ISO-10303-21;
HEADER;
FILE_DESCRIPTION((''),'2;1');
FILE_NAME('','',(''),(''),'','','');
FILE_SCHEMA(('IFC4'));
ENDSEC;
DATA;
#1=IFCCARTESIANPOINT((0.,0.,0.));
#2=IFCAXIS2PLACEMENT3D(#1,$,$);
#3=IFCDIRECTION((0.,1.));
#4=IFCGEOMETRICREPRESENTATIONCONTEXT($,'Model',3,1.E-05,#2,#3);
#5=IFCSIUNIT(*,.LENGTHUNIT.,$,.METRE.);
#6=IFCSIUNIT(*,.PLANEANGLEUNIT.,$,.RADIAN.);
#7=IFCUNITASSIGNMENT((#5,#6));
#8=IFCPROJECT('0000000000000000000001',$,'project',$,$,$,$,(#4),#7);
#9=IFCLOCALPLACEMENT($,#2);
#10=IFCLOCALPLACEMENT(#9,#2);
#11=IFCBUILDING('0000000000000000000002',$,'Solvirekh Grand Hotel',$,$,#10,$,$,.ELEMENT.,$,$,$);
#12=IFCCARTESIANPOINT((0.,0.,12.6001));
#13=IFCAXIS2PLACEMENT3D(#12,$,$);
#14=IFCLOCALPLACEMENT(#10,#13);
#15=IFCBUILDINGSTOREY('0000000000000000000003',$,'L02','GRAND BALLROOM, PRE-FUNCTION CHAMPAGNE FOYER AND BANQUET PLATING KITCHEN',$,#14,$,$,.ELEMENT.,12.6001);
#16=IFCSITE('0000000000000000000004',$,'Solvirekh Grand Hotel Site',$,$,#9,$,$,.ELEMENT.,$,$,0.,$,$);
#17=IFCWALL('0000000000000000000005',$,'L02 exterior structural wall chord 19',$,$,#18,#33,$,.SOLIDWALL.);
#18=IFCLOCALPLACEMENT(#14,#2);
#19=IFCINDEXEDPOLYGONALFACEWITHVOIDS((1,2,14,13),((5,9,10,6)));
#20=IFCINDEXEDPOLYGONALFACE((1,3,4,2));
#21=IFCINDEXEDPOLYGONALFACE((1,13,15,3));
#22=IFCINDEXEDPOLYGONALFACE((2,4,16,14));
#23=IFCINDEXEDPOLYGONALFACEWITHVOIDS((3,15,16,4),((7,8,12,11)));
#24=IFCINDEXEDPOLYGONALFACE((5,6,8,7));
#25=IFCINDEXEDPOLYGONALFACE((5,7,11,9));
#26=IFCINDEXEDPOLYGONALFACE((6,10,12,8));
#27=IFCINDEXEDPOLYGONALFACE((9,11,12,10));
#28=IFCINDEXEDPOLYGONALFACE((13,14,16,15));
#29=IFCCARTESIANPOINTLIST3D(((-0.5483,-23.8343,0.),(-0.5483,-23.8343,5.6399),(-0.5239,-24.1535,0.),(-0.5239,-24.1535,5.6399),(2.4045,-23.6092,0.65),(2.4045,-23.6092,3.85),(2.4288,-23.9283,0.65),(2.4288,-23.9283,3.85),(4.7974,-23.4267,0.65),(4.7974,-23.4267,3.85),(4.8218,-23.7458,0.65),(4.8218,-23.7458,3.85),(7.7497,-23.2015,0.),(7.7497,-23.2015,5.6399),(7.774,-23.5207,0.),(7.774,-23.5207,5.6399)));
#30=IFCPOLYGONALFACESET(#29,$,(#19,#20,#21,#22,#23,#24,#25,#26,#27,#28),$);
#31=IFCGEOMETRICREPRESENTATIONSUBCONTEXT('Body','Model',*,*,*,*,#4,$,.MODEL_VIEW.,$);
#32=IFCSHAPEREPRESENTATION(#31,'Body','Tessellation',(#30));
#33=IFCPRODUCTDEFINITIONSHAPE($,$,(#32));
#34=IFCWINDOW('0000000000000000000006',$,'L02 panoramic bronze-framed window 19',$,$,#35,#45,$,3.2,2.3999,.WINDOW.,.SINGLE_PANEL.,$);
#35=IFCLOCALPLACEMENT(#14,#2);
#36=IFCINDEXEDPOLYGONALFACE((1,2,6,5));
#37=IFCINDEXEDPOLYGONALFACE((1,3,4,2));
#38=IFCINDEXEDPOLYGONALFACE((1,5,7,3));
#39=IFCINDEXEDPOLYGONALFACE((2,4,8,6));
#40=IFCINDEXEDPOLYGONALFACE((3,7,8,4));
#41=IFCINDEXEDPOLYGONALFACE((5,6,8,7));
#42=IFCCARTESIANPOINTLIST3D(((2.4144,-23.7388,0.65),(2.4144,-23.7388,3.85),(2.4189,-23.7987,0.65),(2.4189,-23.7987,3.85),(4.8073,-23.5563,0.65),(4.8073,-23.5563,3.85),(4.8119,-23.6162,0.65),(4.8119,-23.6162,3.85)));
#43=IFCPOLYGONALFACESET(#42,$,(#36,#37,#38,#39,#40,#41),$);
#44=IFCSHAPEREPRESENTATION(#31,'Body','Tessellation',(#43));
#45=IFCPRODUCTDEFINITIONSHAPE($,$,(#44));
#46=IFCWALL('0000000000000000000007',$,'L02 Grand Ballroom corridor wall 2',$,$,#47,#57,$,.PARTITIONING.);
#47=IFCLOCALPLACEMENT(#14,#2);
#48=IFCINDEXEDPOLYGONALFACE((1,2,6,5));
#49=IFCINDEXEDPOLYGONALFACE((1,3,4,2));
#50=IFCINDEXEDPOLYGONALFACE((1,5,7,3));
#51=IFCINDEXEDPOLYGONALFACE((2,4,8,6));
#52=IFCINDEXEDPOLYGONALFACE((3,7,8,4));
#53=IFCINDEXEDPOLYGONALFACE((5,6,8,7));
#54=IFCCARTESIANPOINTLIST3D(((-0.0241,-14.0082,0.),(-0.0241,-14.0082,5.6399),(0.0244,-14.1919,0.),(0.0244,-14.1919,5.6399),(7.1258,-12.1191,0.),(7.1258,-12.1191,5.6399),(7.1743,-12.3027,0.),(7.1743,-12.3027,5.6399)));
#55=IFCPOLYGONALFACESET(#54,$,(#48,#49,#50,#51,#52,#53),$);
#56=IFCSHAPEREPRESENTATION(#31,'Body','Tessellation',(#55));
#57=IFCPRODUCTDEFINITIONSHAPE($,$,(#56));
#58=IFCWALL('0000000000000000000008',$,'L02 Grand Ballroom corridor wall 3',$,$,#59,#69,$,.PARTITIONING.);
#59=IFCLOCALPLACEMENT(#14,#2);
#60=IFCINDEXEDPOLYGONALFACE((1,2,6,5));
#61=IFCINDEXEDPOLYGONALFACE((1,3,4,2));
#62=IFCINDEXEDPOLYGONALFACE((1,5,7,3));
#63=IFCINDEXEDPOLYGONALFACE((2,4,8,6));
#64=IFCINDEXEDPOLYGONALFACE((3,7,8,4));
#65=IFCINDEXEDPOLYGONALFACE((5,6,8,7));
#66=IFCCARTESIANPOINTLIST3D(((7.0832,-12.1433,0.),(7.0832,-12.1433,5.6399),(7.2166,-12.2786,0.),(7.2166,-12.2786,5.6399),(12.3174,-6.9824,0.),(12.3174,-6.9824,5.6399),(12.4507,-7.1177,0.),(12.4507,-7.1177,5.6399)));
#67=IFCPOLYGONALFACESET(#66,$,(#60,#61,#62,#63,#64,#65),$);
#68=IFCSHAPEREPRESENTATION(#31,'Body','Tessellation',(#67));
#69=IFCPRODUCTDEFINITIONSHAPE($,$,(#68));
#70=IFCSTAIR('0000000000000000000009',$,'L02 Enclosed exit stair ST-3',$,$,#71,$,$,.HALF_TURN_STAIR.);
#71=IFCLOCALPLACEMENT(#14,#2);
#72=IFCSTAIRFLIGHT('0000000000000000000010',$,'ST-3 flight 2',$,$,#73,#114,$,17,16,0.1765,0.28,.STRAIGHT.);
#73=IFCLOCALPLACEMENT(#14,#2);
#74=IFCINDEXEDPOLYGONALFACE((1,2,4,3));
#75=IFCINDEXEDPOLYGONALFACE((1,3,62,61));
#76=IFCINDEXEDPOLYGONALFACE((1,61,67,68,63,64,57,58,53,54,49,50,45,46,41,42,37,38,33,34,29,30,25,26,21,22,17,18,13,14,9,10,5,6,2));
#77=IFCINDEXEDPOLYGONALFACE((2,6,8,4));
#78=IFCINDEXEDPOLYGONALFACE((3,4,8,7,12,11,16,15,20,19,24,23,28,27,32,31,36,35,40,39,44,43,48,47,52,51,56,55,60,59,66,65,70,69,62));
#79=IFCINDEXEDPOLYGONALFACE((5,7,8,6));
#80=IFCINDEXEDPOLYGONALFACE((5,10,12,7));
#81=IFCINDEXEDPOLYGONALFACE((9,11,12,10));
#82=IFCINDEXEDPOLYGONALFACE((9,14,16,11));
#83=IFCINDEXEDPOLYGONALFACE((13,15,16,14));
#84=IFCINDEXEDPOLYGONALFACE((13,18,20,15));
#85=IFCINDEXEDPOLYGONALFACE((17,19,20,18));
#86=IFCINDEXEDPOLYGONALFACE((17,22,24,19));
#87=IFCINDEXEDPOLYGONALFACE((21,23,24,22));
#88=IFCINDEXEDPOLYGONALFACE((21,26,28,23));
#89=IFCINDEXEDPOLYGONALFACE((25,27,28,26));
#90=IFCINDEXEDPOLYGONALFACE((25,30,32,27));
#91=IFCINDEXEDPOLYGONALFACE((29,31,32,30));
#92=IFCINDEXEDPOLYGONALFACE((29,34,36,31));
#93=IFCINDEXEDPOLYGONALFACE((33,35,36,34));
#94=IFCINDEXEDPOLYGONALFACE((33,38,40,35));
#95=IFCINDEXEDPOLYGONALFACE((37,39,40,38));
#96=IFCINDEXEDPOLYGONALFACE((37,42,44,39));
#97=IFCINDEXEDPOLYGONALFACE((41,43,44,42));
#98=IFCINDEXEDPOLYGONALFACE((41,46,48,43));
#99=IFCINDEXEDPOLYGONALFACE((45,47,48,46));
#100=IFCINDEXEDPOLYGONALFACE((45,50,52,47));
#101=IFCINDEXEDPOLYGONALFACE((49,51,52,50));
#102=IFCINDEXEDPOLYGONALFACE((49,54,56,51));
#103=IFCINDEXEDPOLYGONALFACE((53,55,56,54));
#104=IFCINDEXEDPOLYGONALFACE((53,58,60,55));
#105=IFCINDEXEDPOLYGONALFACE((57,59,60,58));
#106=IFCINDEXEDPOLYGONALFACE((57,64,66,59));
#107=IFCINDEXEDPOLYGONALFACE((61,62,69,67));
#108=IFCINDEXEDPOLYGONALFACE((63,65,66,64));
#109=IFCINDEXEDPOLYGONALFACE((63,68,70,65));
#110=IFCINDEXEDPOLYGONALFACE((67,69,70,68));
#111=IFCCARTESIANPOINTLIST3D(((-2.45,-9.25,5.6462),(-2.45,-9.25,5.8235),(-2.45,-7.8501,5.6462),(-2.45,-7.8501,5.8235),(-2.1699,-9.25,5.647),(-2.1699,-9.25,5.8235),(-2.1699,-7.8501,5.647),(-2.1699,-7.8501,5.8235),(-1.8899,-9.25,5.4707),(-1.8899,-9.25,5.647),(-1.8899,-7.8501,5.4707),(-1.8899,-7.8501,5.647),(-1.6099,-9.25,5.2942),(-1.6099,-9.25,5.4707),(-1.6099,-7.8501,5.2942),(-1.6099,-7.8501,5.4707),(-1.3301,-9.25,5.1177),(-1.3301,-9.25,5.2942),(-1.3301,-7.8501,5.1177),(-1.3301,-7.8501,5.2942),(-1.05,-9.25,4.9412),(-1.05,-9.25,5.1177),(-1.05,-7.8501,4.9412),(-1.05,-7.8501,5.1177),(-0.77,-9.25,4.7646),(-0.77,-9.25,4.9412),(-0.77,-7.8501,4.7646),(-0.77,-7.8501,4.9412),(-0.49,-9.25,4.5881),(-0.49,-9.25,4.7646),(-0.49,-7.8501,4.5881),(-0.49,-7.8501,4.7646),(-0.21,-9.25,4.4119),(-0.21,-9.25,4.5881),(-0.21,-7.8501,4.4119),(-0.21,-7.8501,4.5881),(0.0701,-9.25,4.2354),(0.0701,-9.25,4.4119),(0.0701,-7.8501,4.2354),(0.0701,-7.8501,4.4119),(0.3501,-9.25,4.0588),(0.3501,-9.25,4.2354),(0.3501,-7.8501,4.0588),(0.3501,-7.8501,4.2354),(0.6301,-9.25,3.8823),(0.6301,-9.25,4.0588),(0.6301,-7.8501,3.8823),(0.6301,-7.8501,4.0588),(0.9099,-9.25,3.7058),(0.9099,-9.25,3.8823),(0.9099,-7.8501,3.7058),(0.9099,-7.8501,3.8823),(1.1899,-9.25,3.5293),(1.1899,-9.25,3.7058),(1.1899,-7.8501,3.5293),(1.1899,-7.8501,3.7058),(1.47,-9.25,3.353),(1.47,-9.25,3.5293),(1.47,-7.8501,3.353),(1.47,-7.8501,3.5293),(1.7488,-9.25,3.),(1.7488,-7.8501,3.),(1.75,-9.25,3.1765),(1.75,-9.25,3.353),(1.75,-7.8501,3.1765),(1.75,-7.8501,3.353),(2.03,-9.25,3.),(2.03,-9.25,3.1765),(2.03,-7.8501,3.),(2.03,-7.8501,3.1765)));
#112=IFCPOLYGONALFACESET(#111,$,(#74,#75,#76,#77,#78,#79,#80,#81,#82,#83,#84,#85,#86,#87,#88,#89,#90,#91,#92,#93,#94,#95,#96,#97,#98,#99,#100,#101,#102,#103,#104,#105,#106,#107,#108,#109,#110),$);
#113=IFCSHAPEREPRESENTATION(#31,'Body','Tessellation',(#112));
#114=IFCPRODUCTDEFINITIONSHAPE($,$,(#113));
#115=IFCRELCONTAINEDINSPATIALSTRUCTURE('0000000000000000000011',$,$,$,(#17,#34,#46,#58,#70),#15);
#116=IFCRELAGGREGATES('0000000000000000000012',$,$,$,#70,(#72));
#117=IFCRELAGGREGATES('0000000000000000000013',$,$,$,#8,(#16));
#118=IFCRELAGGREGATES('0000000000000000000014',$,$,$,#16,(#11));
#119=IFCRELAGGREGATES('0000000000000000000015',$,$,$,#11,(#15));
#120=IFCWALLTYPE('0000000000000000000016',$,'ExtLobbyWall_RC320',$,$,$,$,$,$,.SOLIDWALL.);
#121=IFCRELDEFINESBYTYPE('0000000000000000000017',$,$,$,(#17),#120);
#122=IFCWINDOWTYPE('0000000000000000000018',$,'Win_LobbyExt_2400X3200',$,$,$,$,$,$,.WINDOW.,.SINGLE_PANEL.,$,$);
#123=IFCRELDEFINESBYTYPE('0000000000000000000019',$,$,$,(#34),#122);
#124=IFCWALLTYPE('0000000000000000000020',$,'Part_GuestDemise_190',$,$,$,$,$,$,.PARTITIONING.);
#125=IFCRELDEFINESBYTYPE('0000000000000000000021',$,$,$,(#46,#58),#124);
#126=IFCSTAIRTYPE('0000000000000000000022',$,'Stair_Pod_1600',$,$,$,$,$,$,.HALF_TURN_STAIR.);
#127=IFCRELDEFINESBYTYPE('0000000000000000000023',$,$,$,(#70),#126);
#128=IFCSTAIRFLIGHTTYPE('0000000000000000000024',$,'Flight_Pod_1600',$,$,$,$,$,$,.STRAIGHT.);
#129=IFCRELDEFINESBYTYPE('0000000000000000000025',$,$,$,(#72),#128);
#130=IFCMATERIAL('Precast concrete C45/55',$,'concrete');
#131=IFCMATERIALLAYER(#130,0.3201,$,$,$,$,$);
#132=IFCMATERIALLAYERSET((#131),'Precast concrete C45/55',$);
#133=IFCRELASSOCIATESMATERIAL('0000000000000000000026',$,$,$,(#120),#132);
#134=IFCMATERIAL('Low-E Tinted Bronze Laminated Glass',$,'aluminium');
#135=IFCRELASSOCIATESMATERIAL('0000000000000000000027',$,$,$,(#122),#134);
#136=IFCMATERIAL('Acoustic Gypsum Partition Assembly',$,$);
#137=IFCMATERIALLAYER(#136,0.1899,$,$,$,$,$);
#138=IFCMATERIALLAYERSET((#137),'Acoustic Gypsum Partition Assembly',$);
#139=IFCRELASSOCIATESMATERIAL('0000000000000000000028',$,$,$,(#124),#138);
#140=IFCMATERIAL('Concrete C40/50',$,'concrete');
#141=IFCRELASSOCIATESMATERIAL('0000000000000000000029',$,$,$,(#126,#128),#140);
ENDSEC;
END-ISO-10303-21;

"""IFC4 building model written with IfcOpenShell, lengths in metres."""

from ifc_helpers import new_model, si_unit, direction, frame, frame_2d, origin, place, context, subcontext, project, spatial, polyline, rectangle, outline, extrude, material, layer, layer_set, type_object, element, fill, aggregate, save


model = new_model("IFC4")

# Units and contexts
model_context = context("Model", 3, precision=1e-05, world=origin(), true_north=direction((0.0, 1.0)))
body_context = subcontext(model_context, "Body", "Model", "MODEL_VIEW")
ifc_project = project(units=[si_unit("LENGTHUNIT", "METRE"), si_unit("PLANEANGLEUNIT", "RADIAN")], contexts=[model_context])

# Site, building, storey
site_placement = place(None, origin())
site = spatial("IfcSite", under=ifc_project, at=site_placement, Name="Solvirekh Grand Hotel Site", CompositionType="ELEMENT", RefElevation=0.0)
building_placement = place(site_placement, origin())
building = spatial("IfcBuilding", under=site, at=building_placement, Name="Solvirekh Grand Hotel", CompositionType="ELEMENT")
storey_placement = place(building_placement, frame((0.0, 0.0, 12.6001)))
storey = spatial("IfcBuildingStorey", under=building, at=storey_placement, Name="L02", Description="GRAND BALLROOM, PRE-FUNCTION CHAMPAGNE FOYER AND BANQUET PLATING KITCHEN", CompositionType="ELEMENT", Elevation=12.6001)

# Shared definitions
ifc_material_1 = material(Name="Low-E Tinted Bronze Laminated Glass", Category="aluminium")

# Wall, opening, window
ifc_material_2 = material(Name="Precast concrete C45/55", Category="concrete")
ifc_layer_1 = layer(ifc_material_2, 0.3201)
ifc_layer_set_1 = layer_set([ifc_layer_1], Name="Precast concrete C45/55")
wall_type_1 = type_object("IfcWallType", Name="ExtLobbyWall_RC320", PredefinedType="SOLIDWALL", material=ifc_layer_set_1)
wall_1_placement = place(storey_placement, frame((7.762, -23.3611, 0.0), z_axis=(0.0, 0.0, 1.0), x_axis=(-0.997105, -0.076041, 0.0)))
wall_1 = element("IfcWall", 1, at=wall_1_placement, inside=storey, type_object=wall_type_1, Name="L02 exterior structural wall chord 19", PredefinedType="SOLIDWALL", context=body_context, shape_type="SweptSolid", body=[
    extrude(rectangle(XDim=8.322, YDim=0.3201, at=frame_2d((4.1611, 0.0))), origin(), (0.0, 0.0, 1.0), 5.6399),
])
opening_placement = place(wall_1_placement, frame((2.9609, 0.0, 0.6499)))
opening = element("IfcOpeningElement", 2, at=opening_placement, cuts=wall_1, PredefinedType="OPENING", context=body_context, shape_type="SweptSolid", body=[
    extrude(rectangle(XDim=2.3999, YDim=3.2, at=frame_2d((1.2, 1.6001))), frame((0.0, 0.1699, 0.0), z_axis=(0.0, -1.0, 0.0), x_axis=(1.0, 0.0, 0.0)), (0.0, 0.0, 1.0), 0.3401),
])
window_type = type_object("IfcWindowType", Name="Win_LobbyExt_2400X3200", PartitioningType="SINGLE_PANEL", PredefinedType="WINDOW", material=ifc_material_1)
window_placement = place(opening_placement, origin())
window = element("IfcWindow", 3, at=window_placement, inside=storey, type_object=window_type, Name="L02 panoramic bronze-framed window 19", OverallHeight=3.2, OverallWidth=2.3999, PartitioningType="SINGLE_PANEL", PredefinedType="WINDOW", context=body_context, shape_type="SweptSolid", body=[
    extrude(rectangle(XDim=2.3999, YDim=3.2, at=frame_2d((1.2, 1.6001))), frame((0.0, 0.03, 0.0), z_axis=(0.0, -1.0, 0.0), x_axis=(1.0, 0.0, 0.0)), (0.0, 0.0, 1.0), 0.0601),
])
fill(opening, window)

# Walls
ifc_material_3 = material(Name="Acoustic Gypsum Partition Assembly")
ifc_layer_2 = layer(ifc_material_3, 0.1899)
ifc_layer_set_2 = layer_set([ifc_layer_2], Name="Acoustic Gypsum Partition Assembly")
wall_type_2 = type_object("IfcWallType", Name="Part_GuestDemise_190", PredefinedType="PARTITIONING", material=ifc_layer_set_2)
wall_2_placement = place(storey_placement, frame((0.0, -14.1001, 0.0), z_axis=(0.0, 0.0, 1.0), x_axis=(0.966821, 0.255455, 0.0)))
element("IfcWall", 4, at=wall_2_placement, inside=storey, type_object=wall_type_2, Name="L02 Grand Ballroom corridor wall 2", PredefinedType="PARTITIONING", context=body_context, shape_type="SweptSolid", body=[
    extrude(rectangle(XDim=7.3953, YDim=0.1899, at=frame_2d((3.6978, 0.0))), origin(), (0.0, 0.0, 1.0), 5.6399),
])
wall_3_placement = place(storey_placement, frame((7.1499, -12.2109, 0.0), z_axis=(0.0, 0.0, 1.0), x_axis=(0.712071, 0.702107, 0.0)))
element("IfcWall", 5, at=wall_3_placement, inside=storey, type_object=wall_type_2, Name="L02 Grand Ballroom corridor wall 3", PredefinedType="PARTITIONING", context=body_context, shape_type="SweptSolid", body=[
    extrude(rectangle(XDim=7.3506, YDim=0.1899, at=frame_2d((3.6753, 0.0))), origin(), (0.0, 0.0, 1.0), 5.6399),
])

# Stair, stair flight
ifc_material_4 = material(Name="Concrete C40/50", Category="concrete")
stair_type = type_object("IfcStairType", Name="Stair_Pod_1600", PredefinedType="HALF_TURN_STAIR", material=ifc_material_4)
stair_placement = place(storey_placement, origin())
stair = element("IfcStair", 6, at=stair_placement, inside=storey, type_object=stair_type, Name="L02 Enclosed exit stair ST-3", PredefinedType="HALF_TURN_STAIR")
stair_flight_type = type_object("IfcStairFlightType", Name="Flight_Pod_1600", PredefinedType="STRAIGHT", material=ifc_material_4)
stair_flight_placement = place(storey_placement, frame((2.03, -8.55, 3.0), z_axis=(0.0, 0.0, 1.0), x_axis=(-1.0, 0.0, 0.0)))
stair_flight = element("IfcStairFlight", 7, at=stair_flight_placement, type_object=stair_flight_type, Name="ST-3 flight 2", NumberOfRisers=17, NumberOfTreads=16, PredefinedType="STRAIGHT", RiserHeight=0.1765, TreadLength=0.28, context=body_context, shape_type="SweptSolid", body=[
    extrude(outline(polyline([(0.0, 0.0), (0.0, 0.1765), (0.28, 0.1765), (0.28, 0.353), (0.5601, 0.353), (0.5601, 0.5293), (0.8401, 0.5293), (0.8401, 0.7058), (1.1201, 0.7058), (1.1201, 0.8823), (1.3999, 0.8823), (1.3999, 1.0588), (1.6799, 1.0588), (1.6799, 1.2354), (1.96, 1.2354), (1.96, 1.4119), (2.24, 1.4119), (2.24, 1.5881), (2.52, 1.5881), (2.52, 1.7646), (2.8, 1.7646), (2.8, 1.9412), (3.0801, 1.9412), (3.0801, 2.1177), (3.3601, 2.1177), (3.3601, 2.2942), (3.6399, 2.2942), (3.6399, 2.4707), (3.9199, 2.4707), (3.9199, 2.647), (4.2, 2.647), (4.2, 2.8235), (4.48, 2.8235), (4.48, 3.0), (4.48, 2.6462), (0.2812, 0.0), (0.0, 0.0)])), frame((0.0, 0.7, 0.0), z_axis=(0.0, -1.0, 0.0), x_axis=(1.0, 0.0, 0.0)), (0.0, 0.0, 1.0), 1.3999),
])
aggregate(stair, [stair_flight])

save(model, "model.ifc")
